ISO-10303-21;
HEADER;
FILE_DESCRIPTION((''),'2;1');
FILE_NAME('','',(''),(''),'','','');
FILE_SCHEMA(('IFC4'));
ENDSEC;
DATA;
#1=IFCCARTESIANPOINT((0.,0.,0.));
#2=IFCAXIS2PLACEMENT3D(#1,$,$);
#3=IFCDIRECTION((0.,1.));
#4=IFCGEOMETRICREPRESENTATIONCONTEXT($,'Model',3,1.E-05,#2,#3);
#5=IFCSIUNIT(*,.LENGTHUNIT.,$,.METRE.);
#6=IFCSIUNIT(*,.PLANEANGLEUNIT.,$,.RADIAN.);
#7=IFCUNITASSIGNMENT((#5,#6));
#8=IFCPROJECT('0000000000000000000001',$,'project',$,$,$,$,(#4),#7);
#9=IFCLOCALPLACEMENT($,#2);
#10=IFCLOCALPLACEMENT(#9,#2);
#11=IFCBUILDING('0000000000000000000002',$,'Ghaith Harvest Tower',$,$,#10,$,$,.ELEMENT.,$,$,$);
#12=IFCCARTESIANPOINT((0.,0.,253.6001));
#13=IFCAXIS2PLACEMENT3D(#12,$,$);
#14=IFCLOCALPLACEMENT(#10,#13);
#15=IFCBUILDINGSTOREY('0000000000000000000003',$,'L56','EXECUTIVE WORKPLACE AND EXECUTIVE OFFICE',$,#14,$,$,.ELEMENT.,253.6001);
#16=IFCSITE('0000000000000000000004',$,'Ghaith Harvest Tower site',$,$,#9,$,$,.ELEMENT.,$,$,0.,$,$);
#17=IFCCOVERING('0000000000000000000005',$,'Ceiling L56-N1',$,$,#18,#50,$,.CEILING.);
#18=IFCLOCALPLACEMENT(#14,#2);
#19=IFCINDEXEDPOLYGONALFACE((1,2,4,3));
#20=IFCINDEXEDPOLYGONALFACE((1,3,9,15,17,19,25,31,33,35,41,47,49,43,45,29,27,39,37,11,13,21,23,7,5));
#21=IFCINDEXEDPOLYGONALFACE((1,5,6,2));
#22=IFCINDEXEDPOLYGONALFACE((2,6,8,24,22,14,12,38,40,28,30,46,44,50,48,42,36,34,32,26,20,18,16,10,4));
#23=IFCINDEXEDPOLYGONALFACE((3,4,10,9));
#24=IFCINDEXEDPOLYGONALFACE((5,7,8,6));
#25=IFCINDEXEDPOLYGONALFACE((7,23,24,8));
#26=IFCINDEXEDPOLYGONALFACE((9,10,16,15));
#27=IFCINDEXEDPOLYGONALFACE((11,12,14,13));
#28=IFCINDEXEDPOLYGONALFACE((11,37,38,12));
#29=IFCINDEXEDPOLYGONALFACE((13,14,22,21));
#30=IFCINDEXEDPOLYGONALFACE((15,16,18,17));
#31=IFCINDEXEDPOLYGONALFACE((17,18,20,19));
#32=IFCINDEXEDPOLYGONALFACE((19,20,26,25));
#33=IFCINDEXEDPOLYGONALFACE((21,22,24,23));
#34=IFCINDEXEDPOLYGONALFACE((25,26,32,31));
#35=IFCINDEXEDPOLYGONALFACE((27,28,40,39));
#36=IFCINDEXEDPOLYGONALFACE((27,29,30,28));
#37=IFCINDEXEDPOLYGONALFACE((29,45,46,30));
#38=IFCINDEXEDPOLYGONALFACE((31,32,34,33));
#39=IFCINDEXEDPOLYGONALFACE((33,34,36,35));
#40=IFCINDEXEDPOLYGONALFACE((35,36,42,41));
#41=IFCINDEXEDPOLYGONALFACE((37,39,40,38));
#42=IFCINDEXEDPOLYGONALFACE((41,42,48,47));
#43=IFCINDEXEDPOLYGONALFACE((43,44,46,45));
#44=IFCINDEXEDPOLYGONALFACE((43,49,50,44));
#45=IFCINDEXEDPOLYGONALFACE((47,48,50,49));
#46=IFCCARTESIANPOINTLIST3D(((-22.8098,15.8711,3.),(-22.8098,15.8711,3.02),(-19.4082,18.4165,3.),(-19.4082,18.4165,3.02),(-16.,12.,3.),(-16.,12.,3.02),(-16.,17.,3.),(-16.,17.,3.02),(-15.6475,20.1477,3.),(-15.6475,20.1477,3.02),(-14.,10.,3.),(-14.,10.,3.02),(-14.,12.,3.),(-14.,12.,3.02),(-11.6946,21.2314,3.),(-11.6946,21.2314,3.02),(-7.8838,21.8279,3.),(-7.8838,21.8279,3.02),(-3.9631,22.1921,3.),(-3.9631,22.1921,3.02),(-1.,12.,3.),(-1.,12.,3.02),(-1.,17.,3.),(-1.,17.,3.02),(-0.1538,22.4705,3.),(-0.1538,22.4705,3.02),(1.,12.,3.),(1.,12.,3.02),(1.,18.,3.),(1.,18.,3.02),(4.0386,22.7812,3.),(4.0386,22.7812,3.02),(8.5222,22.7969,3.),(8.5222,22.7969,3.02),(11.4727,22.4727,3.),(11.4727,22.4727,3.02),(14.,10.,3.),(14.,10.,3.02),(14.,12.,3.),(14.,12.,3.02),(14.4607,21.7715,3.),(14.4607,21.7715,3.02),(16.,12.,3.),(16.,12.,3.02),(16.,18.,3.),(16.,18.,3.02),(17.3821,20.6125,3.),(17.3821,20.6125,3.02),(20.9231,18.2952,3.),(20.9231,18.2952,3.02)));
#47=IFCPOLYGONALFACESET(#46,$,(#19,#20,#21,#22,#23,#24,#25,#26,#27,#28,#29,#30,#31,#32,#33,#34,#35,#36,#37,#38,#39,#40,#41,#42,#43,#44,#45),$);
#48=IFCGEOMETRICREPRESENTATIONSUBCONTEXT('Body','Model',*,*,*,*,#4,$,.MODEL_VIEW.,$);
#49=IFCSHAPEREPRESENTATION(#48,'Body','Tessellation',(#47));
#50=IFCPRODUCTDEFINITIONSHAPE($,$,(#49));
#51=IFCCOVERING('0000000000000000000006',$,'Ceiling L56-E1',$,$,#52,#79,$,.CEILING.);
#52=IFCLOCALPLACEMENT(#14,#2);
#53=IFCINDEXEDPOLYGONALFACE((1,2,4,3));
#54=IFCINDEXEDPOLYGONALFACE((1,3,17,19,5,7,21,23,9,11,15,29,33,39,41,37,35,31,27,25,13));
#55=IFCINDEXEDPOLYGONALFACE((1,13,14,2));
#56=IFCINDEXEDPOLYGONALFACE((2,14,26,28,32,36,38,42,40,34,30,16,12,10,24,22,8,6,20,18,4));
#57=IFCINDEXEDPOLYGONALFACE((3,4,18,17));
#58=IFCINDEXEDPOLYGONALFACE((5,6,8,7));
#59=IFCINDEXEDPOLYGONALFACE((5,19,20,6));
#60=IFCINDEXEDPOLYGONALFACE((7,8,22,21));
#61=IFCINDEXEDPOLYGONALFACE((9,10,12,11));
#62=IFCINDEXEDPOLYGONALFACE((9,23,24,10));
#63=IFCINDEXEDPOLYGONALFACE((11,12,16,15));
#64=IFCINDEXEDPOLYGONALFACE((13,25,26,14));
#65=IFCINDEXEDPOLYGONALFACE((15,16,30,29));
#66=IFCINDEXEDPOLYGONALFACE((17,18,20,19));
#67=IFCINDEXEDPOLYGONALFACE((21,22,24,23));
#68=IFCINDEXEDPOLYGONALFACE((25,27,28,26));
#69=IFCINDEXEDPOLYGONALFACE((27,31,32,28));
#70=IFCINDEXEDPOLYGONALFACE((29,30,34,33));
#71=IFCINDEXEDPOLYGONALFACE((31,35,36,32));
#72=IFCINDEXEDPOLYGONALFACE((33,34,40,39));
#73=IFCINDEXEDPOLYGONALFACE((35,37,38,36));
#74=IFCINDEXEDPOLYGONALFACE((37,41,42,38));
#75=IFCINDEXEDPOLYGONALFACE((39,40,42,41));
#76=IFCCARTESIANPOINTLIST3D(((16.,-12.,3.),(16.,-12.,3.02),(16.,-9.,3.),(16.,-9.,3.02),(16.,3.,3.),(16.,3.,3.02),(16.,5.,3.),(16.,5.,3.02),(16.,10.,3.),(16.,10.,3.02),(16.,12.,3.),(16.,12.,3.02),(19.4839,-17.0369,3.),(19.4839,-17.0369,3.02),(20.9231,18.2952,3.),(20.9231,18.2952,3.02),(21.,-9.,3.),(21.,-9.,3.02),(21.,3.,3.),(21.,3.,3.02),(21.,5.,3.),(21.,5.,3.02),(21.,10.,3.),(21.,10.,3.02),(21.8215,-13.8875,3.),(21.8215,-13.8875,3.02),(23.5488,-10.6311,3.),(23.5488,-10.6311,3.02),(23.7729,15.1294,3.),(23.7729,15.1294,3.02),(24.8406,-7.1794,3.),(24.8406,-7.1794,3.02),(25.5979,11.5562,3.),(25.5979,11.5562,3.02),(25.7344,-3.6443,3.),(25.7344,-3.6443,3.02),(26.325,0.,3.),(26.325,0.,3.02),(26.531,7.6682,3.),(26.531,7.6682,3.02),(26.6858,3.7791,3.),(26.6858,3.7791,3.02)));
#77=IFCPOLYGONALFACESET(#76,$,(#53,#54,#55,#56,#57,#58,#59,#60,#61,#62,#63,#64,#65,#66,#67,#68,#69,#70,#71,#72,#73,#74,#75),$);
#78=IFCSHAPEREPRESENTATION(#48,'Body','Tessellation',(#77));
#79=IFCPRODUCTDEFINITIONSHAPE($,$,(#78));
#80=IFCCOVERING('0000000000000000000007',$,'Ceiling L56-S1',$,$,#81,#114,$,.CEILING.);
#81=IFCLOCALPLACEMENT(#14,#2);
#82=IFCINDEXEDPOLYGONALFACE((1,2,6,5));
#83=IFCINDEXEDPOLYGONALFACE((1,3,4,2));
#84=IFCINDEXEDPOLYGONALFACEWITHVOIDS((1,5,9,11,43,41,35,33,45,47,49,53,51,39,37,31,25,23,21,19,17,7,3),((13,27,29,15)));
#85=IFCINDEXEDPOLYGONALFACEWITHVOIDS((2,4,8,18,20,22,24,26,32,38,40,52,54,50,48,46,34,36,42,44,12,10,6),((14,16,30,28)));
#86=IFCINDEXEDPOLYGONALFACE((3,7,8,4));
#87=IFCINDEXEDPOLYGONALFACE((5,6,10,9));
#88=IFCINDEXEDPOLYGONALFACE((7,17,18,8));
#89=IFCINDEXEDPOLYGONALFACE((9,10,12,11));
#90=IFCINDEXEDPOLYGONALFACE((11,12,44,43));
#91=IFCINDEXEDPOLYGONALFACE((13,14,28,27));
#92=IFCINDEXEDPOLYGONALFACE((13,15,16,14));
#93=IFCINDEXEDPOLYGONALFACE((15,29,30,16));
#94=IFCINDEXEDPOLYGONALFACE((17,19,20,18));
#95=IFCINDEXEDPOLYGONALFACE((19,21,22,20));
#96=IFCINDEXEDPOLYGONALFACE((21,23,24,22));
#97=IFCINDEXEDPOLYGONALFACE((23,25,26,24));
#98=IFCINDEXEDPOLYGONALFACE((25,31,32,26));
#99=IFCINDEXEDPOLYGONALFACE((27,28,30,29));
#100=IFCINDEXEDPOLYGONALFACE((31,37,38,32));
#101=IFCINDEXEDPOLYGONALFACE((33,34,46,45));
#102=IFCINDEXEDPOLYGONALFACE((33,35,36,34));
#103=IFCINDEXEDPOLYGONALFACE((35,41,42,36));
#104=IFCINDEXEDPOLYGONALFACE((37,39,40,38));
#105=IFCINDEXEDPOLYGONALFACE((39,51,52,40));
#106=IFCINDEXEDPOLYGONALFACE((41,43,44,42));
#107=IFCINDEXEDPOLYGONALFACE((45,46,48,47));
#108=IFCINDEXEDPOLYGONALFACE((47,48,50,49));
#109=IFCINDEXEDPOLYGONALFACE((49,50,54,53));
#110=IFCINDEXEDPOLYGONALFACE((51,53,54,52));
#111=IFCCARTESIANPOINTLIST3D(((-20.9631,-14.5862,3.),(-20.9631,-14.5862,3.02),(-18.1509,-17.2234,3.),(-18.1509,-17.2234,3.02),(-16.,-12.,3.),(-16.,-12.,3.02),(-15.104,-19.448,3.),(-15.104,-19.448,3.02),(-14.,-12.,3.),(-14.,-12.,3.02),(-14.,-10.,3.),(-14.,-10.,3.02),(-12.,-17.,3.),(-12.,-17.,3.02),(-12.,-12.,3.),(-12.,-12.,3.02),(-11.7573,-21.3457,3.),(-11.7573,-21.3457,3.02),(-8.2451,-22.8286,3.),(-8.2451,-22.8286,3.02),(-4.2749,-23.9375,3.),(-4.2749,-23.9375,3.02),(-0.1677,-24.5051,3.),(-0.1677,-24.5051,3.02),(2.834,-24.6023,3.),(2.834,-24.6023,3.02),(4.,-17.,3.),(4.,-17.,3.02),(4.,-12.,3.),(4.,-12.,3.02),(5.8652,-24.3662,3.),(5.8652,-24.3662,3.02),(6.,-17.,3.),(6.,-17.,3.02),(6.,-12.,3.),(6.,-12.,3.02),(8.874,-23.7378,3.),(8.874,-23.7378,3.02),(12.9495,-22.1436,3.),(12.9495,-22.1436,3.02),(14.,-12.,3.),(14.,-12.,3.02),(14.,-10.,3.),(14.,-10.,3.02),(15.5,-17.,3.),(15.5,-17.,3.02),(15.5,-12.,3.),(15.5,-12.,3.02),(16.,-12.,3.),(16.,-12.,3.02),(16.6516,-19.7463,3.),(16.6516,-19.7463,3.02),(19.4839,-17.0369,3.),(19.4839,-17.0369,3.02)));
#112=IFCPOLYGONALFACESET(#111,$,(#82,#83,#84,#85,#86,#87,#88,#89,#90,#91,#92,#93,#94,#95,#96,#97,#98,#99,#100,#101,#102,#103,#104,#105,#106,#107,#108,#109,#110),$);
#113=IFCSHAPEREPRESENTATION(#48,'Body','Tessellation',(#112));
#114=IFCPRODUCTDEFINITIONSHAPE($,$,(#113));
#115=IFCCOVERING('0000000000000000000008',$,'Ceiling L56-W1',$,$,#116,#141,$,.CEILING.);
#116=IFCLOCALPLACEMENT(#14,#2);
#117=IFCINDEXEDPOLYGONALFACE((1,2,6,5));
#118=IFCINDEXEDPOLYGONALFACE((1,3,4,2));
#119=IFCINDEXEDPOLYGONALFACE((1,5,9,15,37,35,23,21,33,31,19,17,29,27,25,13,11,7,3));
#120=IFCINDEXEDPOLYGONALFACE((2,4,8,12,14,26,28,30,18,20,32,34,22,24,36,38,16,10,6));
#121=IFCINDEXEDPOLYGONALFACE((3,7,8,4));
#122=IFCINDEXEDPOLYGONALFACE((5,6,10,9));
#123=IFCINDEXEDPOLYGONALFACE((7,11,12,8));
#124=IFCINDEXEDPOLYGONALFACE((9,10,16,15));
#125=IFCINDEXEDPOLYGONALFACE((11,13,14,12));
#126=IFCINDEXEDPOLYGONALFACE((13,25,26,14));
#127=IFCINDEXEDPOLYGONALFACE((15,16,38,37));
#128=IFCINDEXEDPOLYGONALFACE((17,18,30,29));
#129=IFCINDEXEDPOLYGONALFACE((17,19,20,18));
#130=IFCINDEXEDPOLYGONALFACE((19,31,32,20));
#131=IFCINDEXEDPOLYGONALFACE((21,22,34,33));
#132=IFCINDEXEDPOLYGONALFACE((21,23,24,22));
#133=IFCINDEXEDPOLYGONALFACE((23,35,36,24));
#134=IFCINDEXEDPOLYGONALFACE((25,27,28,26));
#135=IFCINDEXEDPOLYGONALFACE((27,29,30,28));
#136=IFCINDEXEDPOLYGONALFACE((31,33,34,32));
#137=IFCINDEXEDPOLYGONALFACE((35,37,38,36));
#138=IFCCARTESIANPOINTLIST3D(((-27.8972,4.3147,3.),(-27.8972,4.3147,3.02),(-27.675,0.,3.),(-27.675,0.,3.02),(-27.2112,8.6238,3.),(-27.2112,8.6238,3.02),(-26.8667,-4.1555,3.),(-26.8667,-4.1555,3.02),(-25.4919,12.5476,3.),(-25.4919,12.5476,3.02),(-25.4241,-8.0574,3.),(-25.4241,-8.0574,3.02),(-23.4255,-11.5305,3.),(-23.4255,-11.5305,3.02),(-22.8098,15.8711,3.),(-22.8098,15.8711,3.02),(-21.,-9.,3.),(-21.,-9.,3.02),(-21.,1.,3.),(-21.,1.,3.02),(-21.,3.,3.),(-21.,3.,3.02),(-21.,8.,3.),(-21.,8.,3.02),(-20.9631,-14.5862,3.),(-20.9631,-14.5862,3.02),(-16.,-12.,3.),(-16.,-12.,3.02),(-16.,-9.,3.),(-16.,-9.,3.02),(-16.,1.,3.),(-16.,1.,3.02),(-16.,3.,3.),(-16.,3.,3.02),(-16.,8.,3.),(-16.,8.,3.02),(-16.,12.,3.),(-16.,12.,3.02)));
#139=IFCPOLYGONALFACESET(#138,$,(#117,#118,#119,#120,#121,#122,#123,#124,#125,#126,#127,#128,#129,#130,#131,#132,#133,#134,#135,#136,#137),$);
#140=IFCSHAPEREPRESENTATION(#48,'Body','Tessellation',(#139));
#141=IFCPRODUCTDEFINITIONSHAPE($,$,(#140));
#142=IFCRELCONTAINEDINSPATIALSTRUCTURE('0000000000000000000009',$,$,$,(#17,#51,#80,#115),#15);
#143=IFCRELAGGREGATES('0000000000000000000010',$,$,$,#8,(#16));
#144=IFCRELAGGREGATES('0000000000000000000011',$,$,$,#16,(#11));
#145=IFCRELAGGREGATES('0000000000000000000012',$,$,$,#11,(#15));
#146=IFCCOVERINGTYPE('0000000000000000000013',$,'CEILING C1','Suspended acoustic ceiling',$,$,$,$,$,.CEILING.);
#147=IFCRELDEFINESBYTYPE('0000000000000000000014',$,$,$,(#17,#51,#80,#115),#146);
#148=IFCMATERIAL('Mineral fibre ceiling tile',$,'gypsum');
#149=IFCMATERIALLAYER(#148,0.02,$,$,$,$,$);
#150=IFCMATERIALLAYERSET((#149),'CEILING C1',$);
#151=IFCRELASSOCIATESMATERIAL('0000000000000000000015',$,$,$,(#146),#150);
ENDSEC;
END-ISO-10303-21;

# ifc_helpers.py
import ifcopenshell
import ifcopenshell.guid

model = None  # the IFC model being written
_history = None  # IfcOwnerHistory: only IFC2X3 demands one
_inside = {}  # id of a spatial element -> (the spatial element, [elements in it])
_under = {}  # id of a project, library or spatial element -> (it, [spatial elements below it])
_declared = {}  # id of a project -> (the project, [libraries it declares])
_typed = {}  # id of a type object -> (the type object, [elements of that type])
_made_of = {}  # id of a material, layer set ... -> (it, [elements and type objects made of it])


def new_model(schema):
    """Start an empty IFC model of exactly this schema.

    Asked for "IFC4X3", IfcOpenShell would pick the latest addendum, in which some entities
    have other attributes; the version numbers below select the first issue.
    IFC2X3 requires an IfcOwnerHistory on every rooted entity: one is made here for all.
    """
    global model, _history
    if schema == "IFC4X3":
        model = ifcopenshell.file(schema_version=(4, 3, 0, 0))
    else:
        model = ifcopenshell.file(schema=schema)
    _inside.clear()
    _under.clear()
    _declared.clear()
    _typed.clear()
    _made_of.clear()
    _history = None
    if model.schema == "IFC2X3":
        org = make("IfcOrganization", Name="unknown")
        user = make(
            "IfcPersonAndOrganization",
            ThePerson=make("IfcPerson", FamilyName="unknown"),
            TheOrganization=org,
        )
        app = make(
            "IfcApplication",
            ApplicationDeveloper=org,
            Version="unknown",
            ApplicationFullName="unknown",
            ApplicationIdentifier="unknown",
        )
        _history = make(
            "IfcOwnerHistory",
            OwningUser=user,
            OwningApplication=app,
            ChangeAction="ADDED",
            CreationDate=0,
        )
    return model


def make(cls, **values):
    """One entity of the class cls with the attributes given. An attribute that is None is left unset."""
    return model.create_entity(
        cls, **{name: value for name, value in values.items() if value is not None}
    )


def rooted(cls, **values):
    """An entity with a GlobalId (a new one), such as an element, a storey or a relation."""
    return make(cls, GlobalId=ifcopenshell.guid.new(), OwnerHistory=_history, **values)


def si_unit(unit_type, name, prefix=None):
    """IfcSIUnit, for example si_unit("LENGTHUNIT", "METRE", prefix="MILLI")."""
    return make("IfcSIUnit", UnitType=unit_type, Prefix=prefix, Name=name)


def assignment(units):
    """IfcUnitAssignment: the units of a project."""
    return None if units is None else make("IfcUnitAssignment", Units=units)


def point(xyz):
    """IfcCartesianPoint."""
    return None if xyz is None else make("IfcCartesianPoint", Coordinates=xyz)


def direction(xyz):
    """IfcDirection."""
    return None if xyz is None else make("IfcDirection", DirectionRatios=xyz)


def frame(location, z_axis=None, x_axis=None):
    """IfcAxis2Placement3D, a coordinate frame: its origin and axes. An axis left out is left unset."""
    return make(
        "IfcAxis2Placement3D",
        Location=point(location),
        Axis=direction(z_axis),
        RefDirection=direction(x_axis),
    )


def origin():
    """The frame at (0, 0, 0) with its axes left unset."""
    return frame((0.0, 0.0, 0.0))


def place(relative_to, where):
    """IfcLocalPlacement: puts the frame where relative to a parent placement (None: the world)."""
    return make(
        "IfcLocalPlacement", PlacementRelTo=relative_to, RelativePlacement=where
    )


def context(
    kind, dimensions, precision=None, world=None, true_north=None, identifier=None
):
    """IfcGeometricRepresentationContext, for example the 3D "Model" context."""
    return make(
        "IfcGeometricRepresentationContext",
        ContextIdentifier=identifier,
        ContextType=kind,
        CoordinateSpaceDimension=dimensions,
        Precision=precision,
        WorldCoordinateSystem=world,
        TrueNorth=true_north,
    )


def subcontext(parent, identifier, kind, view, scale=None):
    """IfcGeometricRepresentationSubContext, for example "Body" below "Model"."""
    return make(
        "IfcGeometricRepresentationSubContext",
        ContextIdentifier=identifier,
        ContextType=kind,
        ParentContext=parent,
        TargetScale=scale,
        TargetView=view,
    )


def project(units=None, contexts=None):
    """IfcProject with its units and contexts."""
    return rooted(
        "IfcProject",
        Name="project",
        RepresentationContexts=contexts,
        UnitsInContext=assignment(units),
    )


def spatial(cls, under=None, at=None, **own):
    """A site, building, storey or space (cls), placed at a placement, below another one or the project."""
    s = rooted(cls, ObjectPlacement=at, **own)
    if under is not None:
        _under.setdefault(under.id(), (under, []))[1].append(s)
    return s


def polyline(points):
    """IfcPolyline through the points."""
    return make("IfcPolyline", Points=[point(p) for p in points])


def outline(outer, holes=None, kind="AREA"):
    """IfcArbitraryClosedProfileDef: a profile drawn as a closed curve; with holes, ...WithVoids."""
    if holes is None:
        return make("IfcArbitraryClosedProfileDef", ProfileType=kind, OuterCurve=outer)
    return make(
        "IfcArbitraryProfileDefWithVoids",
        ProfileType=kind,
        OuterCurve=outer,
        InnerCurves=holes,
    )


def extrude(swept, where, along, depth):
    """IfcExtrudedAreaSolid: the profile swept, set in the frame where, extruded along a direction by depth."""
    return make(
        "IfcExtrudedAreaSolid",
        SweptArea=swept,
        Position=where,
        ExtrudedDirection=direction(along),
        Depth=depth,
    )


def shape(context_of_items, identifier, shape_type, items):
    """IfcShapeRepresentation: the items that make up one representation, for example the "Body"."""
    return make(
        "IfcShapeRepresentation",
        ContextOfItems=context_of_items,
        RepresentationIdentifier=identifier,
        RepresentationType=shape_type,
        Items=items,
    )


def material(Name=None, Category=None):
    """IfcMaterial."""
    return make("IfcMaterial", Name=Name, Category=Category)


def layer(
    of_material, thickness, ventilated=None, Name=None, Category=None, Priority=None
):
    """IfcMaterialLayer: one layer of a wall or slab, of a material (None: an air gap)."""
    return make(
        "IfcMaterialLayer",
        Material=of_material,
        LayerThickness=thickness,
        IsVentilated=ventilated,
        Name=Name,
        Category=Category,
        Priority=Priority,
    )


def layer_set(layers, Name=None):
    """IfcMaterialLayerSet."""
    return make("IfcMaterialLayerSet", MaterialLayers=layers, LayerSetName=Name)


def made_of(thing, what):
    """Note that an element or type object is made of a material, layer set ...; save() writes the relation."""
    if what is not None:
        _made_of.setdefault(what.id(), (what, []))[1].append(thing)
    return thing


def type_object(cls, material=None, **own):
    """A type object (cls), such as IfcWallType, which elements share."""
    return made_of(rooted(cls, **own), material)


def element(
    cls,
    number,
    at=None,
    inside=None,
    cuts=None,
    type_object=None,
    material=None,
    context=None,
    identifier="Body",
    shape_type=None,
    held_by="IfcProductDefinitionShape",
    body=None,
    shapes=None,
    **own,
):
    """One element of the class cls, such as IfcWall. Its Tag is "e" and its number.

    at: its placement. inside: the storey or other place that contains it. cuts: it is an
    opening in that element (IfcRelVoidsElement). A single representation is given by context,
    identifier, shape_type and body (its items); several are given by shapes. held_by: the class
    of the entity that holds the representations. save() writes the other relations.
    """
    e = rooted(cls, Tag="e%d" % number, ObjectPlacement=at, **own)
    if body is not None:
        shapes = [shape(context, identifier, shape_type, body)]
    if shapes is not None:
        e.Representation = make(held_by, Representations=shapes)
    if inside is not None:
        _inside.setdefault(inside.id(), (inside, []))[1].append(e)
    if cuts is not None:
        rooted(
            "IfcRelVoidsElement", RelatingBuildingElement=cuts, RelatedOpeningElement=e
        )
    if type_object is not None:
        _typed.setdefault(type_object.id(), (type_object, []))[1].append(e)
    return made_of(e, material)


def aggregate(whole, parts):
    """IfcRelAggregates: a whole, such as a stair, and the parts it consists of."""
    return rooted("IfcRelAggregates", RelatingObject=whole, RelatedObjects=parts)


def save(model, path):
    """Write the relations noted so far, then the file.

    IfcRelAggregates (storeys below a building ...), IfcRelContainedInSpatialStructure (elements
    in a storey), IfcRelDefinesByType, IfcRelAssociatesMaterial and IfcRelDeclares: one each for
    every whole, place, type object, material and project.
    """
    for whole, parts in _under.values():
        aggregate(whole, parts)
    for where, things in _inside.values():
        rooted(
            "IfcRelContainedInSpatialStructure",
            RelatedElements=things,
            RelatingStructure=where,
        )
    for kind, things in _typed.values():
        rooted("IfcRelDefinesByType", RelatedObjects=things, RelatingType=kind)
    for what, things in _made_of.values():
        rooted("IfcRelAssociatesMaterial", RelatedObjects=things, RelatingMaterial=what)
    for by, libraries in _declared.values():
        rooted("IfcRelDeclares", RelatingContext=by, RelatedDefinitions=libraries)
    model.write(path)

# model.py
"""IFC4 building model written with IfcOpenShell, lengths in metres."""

from ifc_helpers import new_model, si_unit, direction, frame, origin, place, context, subcontext, project, spatial, polyline, outline, extrude, material, layer, layer_set, type_object, element, save


model = new_model("IFC4")

# Units and contexts
model_context = context("Model", 3, precision=1e-05, world=origin(), true_north=direction((0.0, 1.0)))
body_context = subcontext(model_context, "Body", "Model", "MODEL_VIEW")
ifc_project = project(units=[si_unit("LENGTHUNIT", "METRE"), si_unit("PLANEANGLEUNIT", "RADIAN")], contexts=[model_context])

# Site, building, storey
site_placement = place(None, origin())
site = spatial("IfcSite", under=ifc_project, at=site_placement, Name="Ghaith Harvest Tower site", CompositionType="ELEMENT", RefElevation=0.0)
building_placement = place(site_placement, origin())
building = spatial("IfcBuilding", under=site, at=building_placement, Name="Ghaith Harvest Tower", CompositionType="ELEMENT")
storey_placement = place(building_placement, frame((0.0, 0.0, 253.6001)))
storey = spatial("IfcBuildingStorey", under=building, at=storey_placement, Name="L56", Description="EXECUTIVE WORKPLACE AND EXECUTIVE OFFICE", CompositionType="ELEMENT", Elevation=253.6001)

# Coverings
ifc_material_1 = material(Name="Mineral fibre ceiling tile", Category="gypsum")
ifc_layer_1 = layer(ifc_material_1, 0.02)
ifc_layer_set_1 = layer_set([ifc_layer_1], Name="CEILING C1")
covering_type = type_object("IfcCoveringType", Name="CEILING C1", Description="Suspended acoustic ceiling", PredefinedType="CEILING", material=ifc_layer_set_1)
covering_1_placement = place(storey_placement, frame((0.0, 0.0, 3.0)))
element("IfcCovering", 1, at=covering_1_placement, inside=storey, type_object=covering_type, Name="Ceiling L56-N1", PredefinedType="CEILING", context=body_context, shape_type="SweptSolid", body=[
    extrude(outline(polyline([(-19.4082, 18.4165), (-15.6475, 20.1477), (-11.6946, 21.2314), (-7.8838, 21.8279), (-3.9631, 22.1921), (-0.1538, 22.4705), (4.0386, 22.7812), (8.5222, 22.7969), (11.4727, 22.4727), (14.4607, 21.7715), (17.3821, 20.6125), (20.9231, 18.2952), (16.0, 12.0), (16.0, 18.0), (1.0, 18.0), (1.0, 12.0), (14.0, 12.0), (14.0, 10.0), (-14.0, 10.0), (-14.0, 12.0), (-1.0, 12.0), (-1.0, 17.0), (-16.0, 17.0), (-16.0, 12.0), (-22.8098, 15.8711), (-19.4082, 18.4165)])), origin(), (0.0, 0.0, 1.0), 0.02),
])
covering_2_placement = place(storey_placement, frame((0.0, 0.0, 3.0)))
element("IfcCovering", 2, at=covering_2_placement, inside=storey, type_object=covering_type, Name="Ceiling L56-E1", PredefinedType="CEILING", context=body_context, shape_type="SweptSolid", body=[
    extrude(outline(polyline([(23.7729, 15.1294), (25.5979, 11.5562), (26.531, 7.6682), (26.6858, 3.7791), (26.325, 0.0), (25.7344, -3.6443), (24.8406, -7.1794), (23.5488, -10.6311), (21.8215, -13.8875), (19.4839, -17.0369), (16.0, -12.0), (16.0, -9.0), (21.0, -9.0), (21.0, 3.0), (16.0, 3.0), (16.0, 5.0), (21.0, 5.0), (21.0, 10.0), (16.0, 10.0), (16.0, 12.0), (20.9231, 18.2952), (23.7729, 15.1294)])), origin(), (0.0, 0.0, 1.0), 0.02),
])
covering_3_placement = place(storey_placement, frame((0.0, 0.0, 3.0)))
element("IfcCovering", 3, at=covering_3_placement, inside=storey, type_object=covering_type, Name="Ceiling L56-S1", PredefinedType="CEILING", context=body_context, shape_type="SweptSolid", body=[
    extrude(outline(polyline([(16.6516, -19.7463), (12.9495, -22.1436), (8.874, -23.7378), (5.8652, -24.3662), (2.834, -24.6023), (-0.1677, -24.5051), (-4.2749, -23.9375), (-8.2451, -22.8286), (-11.7573, -21.3457), (-15.104, -19.448), (-18.1509, -17.2234), (-20.9631, -14.5862), (-16.0, -12.0), (-14.0, -12.0), (-14.0, -10.0), (14.0, -10.0), (14.0, -12.0), (6.0, -12.0), (6.0, -17.0), (15.5, -17.0), (15.5, -12.0), (16.0, -12.0), (19.4839, -17.0369), (16.6516, -19.7463)]), holes=[polyline([(-12.0, -17.0), (4.0, -17.0), (4.0, -12.0), (-12.0, -12.0), (-12.0, -17.0)])]), origin(), (0.0, 0.0, 1.0), 0.02),
])
covering_4_placement = place(storey_placement, frame((0.0, 0.0, 3.0)))
element("IfcCovering", 4, at=covering_4_placement, inside=storey, type_object=covering_type, Name="Ceiling L56-W1", PredefinedType="CEILING", context=body_context, shape_type="SweptSolid", body=[
    extrude(outline(polyline([(-26.8667, -4.1555), (-27.675, 0.0), (-27.8972, 4.3147), (-27.2112, 8.6238), (-25.4919, 12.5476), (-22.8098, 15.8711), (-16.0, 12.0), (-16.0, 8.0), (-21.0, 8.0), (-21.0, 3.0), (-16.0, 3.0), (-16.0, 1.0), (-21.0, 1.0), (-21.0, -9.0), (-16.0, -9.0), (-16.0, -12.0), (-20.9631, -14.5862), (-23.4255, -11.5305), (-25.4241, -8.0574), (-26.8667, -4.1555)])), origin(), (0.0, 0.0, 1.0), 0.02),
])

save(model, "model.ifc")
